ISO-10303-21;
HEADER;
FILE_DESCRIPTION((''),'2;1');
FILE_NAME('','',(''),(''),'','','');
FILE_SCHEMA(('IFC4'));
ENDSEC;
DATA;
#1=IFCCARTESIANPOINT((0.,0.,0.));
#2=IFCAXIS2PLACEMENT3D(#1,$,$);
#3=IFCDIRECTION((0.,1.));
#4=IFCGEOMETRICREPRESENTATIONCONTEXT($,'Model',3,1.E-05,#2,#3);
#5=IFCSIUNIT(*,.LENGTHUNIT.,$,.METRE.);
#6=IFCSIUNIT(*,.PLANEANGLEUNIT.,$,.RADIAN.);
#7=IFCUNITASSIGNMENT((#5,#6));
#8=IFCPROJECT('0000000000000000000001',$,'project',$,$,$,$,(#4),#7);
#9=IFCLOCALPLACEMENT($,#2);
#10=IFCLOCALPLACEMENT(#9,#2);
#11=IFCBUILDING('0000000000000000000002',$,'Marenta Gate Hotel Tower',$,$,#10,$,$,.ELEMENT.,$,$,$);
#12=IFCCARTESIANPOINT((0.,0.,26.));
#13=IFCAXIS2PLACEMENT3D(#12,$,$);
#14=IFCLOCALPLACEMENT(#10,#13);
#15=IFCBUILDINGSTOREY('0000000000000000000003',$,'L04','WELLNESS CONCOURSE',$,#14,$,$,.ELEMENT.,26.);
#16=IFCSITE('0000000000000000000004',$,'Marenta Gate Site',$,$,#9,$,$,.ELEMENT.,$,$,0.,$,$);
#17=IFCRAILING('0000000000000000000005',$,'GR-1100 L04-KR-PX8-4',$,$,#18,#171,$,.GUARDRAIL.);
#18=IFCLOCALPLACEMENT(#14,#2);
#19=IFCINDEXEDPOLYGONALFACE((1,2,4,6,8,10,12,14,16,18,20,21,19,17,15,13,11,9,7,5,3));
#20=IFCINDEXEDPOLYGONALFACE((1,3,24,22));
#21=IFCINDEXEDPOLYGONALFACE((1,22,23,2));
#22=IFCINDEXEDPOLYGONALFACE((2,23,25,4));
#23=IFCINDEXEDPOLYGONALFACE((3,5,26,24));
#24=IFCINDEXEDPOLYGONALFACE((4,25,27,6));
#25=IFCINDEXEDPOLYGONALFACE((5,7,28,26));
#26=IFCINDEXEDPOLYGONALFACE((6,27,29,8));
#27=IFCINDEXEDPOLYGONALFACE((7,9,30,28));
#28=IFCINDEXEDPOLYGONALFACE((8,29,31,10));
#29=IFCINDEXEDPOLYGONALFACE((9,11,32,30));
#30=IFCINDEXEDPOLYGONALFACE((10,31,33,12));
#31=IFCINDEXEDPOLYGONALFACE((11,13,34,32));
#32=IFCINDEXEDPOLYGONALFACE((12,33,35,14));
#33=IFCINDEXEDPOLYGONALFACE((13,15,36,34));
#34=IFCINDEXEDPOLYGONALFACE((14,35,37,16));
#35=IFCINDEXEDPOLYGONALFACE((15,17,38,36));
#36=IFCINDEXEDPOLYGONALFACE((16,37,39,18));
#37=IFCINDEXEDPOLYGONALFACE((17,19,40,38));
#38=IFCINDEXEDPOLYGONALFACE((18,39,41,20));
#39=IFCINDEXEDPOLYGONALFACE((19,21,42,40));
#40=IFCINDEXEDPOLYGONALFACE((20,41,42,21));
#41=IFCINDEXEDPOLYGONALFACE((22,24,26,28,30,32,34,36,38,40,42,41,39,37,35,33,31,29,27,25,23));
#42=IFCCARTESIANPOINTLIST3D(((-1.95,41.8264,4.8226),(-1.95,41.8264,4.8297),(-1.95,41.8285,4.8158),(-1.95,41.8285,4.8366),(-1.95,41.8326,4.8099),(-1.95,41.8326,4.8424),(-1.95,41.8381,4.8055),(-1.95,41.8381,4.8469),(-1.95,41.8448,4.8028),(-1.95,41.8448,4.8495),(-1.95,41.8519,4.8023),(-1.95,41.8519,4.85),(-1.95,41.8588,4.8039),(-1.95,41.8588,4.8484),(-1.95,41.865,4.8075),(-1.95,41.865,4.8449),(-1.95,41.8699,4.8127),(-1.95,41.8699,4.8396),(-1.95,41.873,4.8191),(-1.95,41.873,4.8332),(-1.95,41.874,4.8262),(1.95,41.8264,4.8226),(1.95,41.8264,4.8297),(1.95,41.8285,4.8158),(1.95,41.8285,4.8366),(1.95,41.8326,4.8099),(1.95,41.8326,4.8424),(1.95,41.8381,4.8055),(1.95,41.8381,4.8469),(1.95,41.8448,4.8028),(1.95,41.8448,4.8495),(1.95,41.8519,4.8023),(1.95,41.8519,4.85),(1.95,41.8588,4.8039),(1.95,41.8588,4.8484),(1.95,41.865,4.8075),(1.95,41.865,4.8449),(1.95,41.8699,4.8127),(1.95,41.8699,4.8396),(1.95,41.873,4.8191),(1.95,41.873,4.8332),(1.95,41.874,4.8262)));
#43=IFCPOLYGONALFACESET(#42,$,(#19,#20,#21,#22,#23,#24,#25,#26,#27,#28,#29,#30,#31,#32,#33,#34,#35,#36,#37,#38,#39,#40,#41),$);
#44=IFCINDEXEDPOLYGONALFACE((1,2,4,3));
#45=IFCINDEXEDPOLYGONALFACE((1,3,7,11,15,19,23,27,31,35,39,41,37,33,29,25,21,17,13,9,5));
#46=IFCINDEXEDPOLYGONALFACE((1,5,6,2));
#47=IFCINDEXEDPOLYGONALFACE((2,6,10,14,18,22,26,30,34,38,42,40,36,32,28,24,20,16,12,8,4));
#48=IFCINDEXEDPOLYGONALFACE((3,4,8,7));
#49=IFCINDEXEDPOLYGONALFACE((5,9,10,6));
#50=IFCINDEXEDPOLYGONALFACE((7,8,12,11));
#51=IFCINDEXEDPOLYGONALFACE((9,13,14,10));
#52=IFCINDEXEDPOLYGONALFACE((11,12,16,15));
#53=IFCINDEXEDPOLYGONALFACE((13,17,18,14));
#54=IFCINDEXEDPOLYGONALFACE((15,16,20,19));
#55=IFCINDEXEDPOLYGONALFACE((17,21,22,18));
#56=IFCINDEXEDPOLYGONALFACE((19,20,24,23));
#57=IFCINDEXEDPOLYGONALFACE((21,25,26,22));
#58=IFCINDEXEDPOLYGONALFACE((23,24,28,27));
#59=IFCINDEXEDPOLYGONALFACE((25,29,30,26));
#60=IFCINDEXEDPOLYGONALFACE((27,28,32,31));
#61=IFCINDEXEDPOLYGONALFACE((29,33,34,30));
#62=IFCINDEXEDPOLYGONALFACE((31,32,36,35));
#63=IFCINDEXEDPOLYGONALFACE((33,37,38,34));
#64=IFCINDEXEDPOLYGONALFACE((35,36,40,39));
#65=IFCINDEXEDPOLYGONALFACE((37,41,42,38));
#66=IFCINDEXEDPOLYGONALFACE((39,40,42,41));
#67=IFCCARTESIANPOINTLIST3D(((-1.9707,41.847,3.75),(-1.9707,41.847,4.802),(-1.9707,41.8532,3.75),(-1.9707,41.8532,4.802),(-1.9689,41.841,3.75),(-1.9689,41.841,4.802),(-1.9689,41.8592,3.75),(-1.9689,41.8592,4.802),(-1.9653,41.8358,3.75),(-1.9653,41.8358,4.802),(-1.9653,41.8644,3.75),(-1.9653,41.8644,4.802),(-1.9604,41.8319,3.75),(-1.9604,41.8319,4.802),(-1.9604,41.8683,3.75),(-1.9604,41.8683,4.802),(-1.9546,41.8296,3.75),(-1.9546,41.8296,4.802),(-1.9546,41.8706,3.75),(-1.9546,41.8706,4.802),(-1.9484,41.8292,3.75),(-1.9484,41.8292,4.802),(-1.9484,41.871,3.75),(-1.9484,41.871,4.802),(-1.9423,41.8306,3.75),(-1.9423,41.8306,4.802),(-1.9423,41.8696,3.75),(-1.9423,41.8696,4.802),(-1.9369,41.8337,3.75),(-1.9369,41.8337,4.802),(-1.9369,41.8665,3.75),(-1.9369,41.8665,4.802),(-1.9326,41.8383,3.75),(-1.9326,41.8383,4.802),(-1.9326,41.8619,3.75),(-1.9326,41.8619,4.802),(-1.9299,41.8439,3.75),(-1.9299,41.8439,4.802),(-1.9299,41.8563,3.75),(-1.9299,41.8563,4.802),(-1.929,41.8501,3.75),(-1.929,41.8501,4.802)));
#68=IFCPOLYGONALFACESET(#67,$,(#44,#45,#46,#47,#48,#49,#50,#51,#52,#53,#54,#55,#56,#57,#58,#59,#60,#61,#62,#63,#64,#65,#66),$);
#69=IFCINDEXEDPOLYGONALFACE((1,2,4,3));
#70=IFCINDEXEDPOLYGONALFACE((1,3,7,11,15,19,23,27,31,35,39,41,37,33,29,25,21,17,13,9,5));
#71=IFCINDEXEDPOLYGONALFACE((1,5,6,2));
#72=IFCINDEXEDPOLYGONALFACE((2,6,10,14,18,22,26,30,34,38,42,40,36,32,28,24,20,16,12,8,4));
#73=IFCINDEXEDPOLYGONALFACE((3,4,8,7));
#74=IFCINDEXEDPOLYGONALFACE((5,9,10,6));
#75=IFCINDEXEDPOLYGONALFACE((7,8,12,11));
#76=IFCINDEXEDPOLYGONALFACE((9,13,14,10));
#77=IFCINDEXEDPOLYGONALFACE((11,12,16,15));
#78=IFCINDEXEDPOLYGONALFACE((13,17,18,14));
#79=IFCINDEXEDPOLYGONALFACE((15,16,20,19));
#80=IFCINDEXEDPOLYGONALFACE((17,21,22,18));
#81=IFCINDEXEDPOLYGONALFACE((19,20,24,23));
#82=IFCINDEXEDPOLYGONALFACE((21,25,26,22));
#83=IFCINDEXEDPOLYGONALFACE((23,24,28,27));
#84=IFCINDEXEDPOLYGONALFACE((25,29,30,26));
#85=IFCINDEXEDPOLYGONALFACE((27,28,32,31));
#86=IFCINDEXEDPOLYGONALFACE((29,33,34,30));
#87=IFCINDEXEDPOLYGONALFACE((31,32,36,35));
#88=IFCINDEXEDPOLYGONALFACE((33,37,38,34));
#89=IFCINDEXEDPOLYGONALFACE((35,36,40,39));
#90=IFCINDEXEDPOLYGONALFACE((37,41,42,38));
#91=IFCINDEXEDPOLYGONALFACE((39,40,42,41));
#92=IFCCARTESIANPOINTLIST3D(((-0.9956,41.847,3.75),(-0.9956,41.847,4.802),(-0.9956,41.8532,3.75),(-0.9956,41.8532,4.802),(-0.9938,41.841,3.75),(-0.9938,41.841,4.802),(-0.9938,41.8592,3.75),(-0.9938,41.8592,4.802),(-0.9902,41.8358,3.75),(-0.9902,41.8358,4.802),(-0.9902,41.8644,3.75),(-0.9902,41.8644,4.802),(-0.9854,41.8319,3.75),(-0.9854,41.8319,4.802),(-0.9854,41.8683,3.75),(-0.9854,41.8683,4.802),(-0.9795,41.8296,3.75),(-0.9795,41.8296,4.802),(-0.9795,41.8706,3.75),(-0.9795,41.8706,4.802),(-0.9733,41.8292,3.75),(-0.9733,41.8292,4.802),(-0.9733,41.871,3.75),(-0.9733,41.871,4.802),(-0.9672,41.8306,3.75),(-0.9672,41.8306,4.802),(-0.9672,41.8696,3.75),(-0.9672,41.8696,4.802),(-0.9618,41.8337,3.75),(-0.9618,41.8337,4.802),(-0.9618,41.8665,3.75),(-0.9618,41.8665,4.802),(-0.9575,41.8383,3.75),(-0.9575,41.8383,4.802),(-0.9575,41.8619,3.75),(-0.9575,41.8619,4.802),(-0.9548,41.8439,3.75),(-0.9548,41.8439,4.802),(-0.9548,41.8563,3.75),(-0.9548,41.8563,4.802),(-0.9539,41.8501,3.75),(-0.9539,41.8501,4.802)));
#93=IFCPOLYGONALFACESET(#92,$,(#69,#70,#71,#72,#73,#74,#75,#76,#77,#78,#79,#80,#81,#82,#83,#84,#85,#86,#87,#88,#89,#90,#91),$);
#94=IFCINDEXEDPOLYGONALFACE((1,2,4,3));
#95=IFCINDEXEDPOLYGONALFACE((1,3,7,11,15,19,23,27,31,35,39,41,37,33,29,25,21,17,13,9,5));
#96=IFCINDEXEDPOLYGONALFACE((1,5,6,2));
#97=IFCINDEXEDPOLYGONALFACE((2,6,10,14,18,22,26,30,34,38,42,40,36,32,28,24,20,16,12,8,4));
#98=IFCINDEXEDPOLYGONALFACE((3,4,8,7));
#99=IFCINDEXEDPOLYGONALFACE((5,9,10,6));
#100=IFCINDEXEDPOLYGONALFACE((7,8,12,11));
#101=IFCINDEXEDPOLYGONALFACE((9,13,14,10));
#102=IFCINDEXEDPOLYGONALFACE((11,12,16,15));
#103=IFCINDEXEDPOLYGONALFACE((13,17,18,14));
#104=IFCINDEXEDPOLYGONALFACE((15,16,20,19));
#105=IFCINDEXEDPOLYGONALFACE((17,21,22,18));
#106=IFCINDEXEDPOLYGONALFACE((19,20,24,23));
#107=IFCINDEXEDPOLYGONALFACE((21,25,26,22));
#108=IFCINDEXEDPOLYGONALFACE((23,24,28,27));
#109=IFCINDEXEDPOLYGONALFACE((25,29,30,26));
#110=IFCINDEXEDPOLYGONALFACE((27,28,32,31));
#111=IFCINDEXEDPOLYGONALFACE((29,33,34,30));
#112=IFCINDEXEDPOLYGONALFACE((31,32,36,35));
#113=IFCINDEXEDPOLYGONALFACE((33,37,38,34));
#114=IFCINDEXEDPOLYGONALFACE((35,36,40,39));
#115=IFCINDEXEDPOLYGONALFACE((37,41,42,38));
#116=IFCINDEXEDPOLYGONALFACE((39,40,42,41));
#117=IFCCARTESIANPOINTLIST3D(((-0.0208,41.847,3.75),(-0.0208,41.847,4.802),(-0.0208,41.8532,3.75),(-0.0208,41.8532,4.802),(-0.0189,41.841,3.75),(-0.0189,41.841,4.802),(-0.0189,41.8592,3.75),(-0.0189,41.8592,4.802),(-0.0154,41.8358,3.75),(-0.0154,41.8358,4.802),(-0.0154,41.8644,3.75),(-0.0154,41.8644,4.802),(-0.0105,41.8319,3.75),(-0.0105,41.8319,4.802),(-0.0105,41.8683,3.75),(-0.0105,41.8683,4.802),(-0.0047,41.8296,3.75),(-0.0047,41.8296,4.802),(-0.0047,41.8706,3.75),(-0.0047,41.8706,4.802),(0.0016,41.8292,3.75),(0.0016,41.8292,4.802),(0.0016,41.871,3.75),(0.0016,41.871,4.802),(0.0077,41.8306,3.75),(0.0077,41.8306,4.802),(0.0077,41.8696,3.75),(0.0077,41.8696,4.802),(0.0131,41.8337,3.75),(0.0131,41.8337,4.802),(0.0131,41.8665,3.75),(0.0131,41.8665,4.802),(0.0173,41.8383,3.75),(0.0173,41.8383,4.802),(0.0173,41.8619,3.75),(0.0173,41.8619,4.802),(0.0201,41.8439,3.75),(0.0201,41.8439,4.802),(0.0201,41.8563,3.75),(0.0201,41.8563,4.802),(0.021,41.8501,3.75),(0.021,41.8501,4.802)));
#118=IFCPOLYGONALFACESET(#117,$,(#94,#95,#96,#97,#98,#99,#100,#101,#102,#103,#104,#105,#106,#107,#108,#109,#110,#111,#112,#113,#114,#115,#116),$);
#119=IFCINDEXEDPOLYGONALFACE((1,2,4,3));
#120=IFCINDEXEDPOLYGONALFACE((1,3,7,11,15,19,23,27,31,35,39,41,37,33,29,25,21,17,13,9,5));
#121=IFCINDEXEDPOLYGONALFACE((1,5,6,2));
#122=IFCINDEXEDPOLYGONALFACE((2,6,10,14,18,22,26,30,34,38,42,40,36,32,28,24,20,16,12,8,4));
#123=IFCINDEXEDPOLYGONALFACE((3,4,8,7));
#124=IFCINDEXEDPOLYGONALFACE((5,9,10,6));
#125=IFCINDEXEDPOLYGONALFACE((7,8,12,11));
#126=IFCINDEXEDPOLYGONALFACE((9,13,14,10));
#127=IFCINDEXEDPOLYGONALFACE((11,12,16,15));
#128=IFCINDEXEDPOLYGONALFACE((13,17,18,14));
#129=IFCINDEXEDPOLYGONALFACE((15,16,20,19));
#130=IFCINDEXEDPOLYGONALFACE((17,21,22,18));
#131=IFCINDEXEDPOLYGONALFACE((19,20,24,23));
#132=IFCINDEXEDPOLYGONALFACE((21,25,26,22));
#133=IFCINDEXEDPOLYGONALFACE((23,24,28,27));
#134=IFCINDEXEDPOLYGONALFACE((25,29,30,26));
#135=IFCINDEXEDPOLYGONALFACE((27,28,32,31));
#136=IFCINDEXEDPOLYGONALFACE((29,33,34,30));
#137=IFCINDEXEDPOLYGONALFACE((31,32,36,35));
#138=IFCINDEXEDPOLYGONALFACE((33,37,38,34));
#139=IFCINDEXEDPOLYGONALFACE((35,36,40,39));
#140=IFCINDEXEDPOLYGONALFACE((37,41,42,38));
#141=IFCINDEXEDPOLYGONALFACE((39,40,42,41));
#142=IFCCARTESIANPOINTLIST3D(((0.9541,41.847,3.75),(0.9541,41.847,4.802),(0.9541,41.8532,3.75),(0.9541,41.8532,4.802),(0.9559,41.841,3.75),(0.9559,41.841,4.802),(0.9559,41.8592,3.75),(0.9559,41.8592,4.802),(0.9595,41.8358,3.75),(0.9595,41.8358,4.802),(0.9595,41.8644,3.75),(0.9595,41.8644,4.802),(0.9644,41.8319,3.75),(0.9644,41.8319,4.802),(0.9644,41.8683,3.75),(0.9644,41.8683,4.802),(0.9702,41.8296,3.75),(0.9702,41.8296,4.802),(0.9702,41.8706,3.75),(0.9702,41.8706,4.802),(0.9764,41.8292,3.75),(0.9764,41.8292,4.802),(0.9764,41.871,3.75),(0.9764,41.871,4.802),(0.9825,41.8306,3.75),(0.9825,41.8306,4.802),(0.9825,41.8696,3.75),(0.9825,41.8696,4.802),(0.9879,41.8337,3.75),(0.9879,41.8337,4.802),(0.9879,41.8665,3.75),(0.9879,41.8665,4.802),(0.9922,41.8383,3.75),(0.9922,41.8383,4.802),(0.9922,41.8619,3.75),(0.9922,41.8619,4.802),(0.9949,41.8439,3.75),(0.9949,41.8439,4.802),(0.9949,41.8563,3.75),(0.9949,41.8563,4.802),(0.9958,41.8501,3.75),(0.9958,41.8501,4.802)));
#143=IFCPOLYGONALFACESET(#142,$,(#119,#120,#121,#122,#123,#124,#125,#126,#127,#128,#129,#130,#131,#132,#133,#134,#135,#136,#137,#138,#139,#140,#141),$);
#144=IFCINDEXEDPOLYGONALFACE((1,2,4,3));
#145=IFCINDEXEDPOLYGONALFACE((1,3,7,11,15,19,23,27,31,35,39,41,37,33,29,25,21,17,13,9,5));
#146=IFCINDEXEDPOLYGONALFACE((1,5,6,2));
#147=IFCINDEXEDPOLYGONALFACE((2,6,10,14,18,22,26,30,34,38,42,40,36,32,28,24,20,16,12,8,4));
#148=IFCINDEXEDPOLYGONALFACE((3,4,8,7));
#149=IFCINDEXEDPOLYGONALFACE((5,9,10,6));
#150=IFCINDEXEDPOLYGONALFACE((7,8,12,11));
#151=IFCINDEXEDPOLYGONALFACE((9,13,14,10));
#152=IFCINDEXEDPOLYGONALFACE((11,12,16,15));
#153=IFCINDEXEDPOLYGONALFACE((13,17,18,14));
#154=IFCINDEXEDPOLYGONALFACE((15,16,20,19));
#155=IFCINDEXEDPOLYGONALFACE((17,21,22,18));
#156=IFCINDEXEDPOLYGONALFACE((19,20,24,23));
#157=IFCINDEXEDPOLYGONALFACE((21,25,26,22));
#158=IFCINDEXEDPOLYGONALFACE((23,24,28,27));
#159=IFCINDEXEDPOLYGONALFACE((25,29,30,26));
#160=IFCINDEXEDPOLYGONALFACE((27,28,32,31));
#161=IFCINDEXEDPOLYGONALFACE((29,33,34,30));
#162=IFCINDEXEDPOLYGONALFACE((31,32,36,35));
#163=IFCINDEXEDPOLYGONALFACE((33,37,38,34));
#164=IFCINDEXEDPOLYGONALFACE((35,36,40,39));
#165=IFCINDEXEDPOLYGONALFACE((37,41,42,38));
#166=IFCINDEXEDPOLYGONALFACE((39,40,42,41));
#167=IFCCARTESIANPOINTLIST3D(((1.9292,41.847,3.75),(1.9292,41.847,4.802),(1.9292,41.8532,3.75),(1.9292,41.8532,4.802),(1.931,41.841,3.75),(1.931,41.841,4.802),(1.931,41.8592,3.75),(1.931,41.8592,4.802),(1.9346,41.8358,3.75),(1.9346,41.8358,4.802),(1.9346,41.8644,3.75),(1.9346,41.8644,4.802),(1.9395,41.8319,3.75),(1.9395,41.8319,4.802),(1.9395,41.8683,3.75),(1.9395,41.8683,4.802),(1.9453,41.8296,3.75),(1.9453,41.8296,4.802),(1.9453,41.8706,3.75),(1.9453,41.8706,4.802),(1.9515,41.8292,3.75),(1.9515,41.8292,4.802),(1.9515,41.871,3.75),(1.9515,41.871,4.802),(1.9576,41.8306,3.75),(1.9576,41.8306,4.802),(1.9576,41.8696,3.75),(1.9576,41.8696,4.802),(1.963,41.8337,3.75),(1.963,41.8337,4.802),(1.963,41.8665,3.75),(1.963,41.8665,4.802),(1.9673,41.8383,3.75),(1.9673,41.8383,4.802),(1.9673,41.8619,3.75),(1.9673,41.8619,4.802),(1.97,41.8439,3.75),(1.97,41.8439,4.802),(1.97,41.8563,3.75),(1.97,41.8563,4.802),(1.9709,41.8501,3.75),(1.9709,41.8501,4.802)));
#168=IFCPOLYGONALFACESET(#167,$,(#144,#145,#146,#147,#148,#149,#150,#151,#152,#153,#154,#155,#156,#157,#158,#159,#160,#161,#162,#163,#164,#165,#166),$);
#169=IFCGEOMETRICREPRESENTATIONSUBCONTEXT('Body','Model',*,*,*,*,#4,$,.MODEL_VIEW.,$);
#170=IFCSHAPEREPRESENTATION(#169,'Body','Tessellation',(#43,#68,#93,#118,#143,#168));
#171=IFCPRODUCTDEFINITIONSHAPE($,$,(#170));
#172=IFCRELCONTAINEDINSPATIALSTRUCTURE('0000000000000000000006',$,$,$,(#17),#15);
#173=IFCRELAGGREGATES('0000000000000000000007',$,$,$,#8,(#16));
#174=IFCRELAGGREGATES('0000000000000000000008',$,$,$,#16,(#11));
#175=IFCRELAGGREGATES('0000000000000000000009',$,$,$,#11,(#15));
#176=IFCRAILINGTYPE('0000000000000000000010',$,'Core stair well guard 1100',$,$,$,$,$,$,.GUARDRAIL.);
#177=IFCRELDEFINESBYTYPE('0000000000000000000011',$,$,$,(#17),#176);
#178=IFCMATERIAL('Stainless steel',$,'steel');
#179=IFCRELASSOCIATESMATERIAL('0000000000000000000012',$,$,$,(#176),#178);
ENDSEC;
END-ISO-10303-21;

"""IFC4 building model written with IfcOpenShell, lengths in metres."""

from ifc_helpers import new_model, si_unit, direction, frame, origin, origin_2d, place, context, subcontext, project, spatial, circle, extrude, material, type_object, element, save


model = new_model("IFC4")

# Units and contexts
model_context = context("Model", 3, precision=1e-05, world=origin(), true_north=direction((0.0, 1.0)))
body_context = subcontext(model_context, "Body", "Model", "MODEL_VIEW")
ifc_project = project(units=[si_unit("LENGTHUNIT", "METRE"), si_unit("PLANEANGLEUNIT", "RADIAN")], contexts=[model_context])

# Site, building, storey
site_placement = place(None, origin())
site = spatial("IfcSite", under=ifc_project, at=site_placement, Name="Marenta Gate Site", CompositionType="ELEMENT", RefElevation=0.0)
building_placement = place(site_placement, origin())
building = spatial("IfcBuilding", under=site, at=building_placement, Name="Marenta Gate Hotel Tower", CompositionType="ELEMENT")
storey_placement = place(building_placement, frame((0.0, 0.0, 26.0)))
storey = spatial("IfcBuildingStorey", under=building, at=storey_placement, Name="L04", Description="WELLNESS CONCOURSE", CompositionType="ELEMENT", Elevation=26.0)

# Railing
ifc_material_1 = material(Name="Stainless steel", Category="steel")
railing_type_1 = type_object("IfcRailingType", Name="Core stair well guard 1100", PredefinedType="GUARDRAIL", material=ifc_material_1)
for number, where, name in (
    (1, (-1.95, 41.8501, 3.75), "GR-1100 L04-KR-PX8-4"),
):
    element("IfcRailing", number, at=place(storey_placement, frame(where)), inside=storey, type_object=railing_type_1, Name=name, PredefinedType="GUARDRAIL", context=body_context, shape_type="SweptSolid", body=[
        extrude(circle(Radius=0.0239, at=origin_2d()), frame((0.0, 0.0, 1.0762), z_axis=(1.0, 0.0, 0.0), x_axis=(0.0, 1.0, 0.0)), (0.0, 0.0, 1.0), 3.8999),
        extrude(circle(Radius=0.021, at=origin_2d()), origin(), (0.0, 0.0, 1.0), 1.052),
        extrude(circle(Radius=0.021, at=origin_2d()), frame((0.9751, 0.0, 0.0)), (0.0, 0.0, 1.0), 1.052),
        extrude(circle(Radius=0.021, at=origin_2d()), frame((1.95, 0.0, 0.0)), (0.0, 0.0, 1.0), 1.052),
        extrude(circle(Radius=0.021, at=origin_2d()), frame((2.9248, 0.0, 0.0)), (0.0, 0.0, 1.0), 1.052),
        extrude(circle(Radius=0.021, at=origin_2d()), frame((3.8999, 0.0, 0.0)), (0.0, 0.0, 1.0), 1.052),
    ])

save(model, "model.ifc")
